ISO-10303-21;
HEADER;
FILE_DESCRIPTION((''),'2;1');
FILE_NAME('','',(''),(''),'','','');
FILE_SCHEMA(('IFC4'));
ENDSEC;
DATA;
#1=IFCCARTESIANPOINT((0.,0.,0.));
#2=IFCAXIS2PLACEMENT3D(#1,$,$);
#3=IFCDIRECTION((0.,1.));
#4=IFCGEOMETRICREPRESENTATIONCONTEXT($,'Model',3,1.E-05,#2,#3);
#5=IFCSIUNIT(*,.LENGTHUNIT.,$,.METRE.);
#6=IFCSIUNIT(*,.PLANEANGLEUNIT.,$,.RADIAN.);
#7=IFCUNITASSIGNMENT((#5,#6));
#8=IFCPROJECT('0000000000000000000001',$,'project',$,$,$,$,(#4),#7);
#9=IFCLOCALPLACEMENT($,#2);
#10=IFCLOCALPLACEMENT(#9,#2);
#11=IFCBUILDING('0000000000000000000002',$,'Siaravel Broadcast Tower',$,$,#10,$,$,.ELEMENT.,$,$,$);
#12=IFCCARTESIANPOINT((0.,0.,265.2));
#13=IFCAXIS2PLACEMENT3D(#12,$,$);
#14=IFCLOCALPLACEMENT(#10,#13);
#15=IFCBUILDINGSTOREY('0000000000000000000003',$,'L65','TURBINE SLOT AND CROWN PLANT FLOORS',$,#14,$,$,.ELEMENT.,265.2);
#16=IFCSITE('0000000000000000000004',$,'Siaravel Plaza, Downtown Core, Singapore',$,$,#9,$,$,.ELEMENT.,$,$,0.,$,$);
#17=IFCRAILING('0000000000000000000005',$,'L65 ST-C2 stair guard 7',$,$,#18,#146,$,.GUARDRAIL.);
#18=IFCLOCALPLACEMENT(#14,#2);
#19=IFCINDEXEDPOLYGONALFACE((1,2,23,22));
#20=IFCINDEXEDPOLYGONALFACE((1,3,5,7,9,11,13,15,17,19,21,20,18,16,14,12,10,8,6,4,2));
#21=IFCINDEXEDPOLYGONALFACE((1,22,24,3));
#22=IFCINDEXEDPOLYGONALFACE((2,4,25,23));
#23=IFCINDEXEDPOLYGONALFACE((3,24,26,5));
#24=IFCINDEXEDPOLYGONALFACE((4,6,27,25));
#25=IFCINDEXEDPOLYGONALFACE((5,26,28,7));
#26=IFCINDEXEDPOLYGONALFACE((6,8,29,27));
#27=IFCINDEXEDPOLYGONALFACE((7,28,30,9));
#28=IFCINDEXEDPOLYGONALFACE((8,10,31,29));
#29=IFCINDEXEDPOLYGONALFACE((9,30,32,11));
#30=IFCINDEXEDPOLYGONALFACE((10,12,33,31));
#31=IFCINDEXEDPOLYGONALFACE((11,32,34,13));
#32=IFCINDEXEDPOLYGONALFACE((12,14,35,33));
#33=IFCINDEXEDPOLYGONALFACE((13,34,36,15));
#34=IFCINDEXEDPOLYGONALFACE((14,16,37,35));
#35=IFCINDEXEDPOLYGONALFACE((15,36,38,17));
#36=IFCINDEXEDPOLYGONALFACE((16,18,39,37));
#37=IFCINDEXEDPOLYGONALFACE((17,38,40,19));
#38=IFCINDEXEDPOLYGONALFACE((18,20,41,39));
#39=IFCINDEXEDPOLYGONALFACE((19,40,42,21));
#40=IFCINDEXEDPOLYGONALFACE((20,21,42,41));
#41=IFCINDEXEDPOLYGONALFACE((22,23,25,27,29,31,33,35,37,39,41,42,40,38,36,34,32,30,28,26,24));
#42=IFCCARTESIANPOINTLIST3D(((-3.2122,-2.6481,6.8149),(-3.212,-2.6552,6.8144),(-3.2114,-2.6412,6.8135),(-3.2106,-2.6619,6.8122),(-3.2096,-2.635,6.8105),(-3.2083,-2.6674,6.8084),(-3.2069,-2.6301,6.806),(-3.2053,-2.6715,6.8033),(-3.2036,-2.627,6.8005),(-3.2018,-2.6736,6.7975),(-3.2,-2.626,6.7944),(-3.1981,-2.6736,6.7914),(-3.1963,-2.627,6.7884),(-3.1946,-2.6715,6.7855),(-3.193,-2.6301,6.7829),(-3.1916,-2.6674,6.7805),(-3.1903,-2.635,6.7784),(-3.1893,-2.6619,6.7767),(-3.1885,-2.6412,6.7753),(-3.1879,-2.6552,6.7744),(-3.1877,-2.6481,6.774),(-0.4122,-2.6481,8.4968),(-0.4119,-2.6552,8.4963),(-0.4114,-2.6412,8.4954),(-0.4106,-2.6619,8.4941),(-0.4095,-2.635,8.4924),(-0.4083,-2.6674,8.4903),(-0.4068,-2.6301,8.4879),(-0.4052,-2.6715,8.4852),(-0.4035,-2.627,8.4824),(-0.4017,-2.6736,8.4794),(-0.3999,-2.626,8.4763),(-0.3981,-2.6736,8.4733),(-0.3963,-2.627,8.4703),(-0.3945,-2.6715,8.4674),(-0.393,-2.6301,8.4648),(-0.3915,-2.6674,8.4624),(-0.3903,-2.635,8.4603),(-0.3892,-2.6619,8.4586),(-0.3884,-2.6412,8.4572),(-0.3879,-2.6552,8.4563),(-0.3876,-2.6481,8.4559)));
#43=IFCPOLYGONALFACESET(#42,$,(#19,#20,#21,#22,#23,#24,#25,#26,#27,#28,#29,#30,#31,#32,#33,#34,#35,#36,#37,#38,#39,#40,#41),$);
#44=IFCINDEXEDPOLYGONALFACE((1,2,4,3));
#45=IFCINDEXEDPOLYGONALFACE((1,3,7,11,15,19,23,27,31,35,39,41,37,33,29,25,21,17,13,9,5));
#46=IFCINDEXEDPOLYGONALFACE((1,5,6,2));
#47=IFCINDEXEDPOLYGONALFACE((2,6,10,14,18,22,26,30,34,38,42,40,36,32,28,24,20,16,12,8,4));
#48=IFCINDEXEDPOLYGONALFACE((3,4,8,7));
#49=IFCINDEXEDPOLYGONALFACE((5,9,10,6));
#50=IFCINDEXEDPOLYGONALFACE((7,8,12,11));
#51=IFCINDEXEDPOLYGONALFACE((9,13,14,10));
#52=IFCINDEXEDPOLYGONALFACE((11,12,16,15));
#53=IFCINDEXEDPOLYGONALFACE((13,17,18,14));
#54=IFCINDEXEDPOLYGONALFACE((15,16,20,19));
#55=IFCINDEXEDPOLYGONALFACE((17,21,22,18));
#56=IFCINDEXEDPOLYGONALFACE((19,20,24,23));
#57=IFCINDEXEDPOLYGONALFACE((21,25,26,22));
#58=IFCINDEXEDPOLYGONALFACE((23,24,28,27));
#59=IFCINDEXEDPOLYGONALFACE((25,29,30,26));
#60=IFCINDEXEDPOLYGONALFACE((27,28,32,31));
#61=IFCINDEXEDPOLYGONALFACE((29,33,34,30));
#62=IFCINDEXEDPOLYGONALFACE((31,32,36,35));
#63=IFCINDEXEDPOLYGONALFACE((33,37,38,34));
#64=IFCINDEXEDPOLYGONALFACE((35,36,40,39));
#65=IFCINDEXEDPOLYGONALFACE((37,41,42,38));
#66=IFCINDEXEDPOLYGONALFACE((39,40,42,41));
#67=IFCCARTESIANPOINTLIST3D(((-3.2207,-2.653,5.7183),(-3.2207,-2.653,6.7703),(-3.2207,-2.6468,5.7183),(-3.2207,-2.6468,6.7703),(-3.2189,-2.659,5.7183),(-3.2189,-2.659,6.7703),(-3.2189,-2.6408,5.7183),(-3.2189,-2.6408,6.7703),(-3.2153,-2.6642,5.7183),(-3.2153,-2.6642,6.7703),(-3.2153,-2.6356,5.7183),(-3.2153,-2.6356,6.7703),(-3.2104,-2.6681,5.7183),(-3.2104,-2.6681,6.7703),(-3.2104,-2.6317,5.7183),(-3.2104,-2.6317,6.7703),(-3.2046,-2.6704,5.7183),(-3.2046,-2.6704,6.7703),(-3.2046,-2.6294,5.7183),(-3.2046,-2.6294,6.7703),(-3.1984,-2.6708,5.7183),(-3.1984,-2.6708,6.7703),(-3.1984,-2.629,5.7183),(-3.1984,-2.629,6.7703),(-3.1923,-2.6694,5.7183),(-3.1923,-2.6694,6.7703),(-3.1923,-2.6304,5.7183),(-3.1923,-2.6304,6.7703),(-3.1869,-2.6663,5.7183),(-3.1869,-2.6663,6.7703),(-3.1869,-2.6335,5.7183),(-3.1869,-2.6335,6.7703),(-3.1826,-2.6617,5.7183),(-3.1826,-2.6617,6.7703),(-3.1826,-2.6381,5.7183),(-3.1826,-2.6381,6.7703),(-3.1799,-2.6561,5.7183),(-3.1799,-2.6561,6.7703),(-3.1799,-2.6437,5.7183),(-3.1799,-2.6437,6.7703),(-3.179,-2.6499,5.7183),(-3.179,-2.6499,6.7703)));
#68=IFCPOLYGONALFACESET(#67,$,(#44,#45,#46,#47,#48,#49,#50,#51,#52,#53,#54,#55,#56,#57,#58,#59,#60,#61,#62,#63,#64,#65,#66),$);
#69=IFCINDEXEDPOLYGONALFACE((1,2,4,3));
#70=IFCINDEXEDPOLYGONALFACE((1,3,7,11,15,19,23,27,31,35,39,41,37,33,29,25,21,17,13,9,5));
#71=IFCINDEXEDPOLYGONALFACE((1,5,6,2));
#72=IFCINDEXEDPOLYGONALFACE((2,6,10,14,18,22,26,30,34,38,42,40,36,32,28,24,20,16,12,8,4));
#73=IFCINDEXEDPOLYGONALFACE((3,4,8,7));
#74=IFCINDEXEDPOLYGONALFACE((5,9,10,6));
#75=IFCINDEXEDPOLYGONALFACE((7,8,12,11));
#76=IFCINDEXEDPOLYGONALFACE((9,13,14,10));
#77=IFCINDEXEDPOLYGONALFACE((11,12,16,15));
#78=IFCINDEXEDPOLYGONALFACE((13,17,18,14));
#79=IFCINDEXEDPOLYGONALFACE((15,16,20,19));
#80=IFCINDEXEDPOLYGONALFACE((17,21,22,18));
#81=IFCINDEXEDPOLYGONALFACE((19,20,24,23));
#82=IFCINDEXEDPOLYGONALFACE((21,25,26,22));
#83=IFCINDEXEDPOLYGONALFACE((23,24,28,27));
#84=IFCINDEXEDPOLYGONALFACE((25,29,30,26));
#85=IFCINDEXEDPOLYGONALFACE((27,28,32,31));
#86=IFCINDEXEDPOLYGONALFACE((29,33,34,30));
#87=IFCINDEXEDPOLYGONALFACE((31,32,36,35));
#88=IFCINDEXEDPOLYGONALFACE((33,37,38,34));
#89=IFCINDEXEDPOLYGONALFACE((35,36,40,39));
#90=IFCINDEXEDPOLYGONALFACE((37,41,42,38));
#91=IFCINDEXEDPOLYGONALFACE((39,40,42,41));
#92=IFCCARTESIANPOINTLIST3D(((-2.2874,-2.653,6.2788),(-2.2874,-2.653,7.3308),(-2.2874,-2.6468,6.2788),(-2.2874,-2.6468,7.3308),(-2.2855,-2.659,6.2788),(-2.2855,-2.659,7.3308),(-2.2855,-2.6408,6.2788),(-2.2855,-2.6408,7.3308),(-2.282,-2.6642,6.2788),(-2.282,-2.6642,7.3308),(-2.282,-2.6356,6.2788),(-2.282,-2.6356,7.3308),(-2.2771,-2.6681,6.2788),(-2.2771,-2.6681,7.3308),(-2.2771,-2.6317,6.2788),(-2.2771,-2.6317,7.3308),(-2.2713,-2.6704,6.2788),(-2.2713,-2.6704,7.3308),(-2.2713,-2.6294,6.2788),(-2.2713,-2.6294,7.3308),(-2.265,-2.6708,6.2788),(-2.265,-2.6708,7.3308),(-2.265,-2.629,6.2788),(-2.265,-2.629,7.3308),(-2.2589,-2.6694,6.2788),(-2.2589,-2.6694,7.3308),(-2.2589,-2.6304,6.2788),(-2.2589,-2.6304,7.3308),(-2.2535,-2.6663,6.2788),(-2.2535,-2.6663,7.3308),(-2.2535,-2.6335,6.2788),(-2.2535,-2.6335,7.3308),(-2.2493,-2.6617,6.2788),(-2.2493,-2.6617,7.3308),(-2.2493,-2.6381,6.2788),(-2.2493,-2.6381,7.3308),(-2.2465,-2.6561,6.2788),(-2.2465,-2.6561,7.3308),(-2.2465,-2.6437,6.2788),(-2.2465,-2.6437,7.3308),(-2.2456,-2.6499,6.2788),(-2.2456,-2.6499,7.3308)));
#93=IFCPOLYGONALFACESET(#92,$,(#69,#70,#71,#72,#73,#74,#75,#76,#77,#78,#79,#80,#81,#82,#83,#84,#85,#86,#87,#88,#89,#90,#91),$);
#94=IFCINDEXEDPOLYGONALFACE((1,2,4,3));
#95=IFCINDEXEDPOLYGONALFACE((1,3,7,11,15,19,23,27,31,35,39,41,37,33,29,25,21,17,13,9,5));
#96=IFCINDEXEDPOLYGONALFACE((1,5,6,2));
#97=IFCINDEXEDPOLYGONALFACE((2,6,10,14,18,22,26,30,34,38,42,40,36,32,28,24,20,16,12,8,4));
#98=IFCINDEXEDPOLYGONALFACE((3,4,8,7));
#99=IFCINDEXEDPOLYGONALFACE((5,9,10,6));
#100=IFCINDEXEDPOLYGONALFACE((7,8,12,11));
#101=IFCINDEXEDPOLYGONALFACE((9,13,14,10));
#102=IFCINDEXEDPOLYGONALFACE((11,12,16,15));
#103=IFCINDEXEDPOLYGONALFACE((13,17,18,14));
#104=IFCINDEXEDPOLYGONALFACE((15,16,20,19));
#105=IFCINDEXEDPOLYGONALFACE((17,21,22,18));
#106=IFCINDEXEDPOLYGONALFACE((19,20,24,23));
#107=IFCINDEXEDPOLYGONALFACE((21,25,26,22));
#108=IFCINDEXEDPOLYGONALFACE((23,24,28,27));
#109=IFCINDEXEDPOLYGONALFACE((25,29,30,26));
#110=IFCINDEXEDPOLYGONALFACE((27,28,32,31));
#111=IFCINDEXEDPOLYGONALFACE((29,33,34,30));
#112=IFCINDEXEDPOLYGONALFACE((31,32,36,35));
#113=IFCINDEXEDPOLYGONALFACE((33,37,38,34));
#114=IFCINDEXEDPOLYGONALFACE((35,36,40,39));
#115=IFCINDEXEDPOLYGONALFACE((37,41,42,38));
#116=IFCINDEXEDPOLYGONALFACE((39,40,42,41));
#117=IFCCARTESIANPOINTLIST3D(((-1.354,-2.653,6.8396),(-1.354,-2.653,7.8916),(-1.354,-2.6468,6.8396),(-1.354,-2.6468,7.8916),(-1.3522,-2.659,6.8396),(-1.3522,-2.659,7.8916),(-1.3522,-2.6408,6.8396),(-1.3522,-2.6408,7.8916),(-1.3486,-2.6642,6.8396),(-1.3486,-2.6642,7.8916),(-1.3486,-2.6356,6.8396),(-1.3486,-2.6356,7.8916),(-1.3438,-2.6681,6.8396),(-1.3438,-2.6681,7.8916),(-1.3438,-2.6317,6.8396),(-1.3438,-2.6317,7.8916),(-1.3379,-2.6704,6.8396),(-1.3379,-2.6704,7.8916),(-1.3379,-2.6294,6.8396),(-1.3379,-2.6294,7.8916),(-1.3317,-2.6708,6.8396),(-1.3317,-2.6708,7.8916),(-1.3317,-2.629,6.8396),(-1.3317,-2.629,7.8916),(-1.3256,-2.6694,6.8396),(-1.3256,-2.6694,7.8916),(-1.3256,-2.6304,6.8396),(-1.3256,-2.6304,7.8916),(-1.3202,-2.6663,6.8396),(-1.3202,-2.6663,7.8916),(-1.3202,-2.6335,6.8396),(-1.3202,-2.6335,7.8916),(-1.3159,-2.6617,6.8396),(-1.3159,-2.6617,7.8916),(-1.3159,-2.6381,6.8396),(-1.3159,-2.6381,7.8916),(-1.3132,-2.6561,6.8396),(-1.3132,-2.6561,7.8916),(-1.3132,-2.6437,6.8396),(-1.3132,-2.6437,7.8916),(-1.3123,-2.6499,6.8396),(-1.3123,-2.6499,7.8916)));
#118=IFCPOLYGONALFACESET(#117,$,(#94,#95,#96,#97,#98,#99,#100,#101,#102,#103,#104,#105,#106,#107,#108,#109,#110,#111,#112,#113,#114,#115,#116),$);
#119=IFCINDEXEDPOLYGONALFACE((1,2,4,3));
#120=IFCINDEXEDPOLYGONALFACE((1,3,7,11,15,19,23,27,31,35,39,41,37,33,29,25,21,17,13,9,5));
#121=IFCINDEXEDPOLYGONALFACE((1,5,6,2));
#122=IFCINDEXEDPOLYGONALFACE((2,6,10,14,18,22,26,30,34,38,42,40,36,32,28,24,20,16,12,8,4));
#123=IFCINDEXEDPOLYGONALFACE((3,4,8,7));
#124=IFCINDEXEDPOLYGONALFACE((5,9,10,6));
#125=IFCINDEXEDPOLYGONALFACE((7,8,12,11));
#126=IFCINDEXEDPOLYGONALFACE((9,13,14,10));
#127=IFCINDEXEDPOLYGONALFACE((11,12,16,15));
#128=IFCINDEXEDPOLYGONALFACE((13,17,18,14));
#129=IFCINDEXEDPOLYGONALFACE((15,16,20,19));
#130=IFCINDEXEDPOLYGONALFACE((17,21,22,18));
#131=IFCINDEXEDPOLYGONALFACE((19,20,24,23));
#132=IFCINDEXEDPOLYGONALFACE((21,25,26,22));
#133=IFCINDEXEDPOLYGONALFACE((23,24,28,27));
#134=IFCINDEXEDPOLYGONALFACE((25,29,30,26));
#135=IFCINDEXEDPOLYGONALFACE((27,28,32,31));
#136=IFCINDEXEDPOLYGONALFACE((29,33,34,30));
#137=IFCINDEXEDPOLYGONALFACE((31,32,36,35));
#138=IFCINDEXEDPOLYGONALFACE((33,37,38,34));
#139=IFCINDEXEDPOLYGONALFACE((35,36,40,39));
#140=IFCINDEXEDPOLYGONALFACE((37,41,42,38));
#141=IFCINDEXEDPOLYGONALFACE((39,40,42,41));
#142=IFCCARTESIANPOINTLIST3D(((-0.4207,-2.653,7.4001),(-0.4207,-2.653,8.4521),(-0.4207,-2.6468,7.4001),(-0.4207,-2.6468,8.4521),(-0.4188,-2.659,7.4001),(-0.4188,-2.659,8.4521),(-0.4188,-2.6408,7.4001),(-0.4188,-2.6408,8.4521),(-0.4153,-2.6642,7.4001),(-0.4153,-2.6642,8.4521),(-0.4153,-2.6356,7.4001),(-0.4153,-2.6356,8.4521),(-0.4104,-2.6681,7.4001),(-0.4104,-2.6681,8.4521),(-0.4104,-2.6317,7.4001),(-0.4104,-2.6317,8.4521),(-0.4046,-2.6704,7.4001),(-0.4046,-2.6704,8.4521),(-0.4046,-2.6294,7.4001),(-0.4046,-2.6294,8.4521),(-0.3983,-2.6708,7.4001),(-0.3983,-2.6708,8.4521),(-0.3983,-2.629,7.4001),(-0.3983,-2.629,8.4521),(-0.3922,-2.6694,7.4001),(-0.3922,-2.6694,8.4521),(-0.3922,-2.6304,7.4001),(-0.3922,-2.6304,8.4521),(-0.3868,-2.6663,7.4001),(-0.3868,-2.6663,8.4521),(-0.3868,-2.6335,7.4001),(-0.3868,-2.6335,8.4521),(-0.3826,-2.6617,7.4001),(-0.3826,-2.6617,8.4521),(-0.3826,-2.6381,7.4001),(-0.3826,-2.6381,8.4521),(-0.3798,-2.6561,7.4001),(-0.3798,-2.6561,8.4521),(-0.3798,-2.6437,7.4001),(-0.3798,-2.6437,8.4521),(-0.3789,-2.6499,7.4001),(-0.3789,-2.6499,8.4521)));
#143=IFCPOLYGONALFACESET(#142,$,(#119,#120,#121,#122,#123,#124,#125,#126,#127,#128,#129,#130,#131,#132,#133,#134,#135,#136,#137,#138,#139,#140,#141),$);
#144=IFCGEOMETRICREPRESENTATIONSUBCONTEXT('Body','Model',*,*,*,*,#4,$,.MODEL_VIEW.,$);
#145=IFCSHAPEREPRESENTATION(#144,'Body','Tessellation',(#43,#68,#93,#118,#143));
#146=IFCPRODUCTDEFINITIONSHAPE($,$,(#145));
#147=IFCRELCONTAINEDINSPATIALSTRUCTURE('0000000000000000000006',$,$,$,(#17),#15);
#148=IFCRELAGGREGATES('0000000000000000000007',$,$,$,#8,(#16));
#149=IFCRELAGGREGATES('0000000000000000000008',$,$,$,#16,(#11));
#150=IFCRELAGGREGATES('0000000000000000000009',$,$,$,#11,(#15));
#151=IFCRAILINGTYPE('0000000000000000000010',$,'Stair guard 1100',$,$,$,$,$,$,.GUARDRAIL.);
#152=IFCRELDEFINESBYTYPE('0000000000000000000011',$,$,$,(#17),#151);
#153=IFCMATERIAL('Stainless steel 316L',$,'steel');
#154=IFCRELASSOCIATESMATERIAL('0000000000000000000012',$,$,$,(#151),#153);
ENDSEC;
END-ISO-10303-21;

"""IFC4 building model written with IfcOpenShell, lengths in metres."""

from ifc_helpers import new_model, si_unit, direction, frame, origin, origin_2d, place, context, subcontext, project, spatial, circle, extrude, material, type_object, element, save


model = new_model("IFC4")

# Units and contexts
model_context = context("Model", 3, precision=1e-05, world=origin(), true_north=direction((0.0, 1.0)))
body_context = subcontext(model_context, "Body", "Model", "MODEL_VIEW")
ifc_project = project(units=[si_unit("LENGTHUNIT", "METRE"), si_unit("PLANEANGLEUNIT", "RADIAN")], contexts=[model_context])

# Site, building, storey
site_placement = place(None, origin())
site = spatial("IfcSite", under=ifc_project, at=site_placement, Name="Siaravel Plaza, Downtown Core, Singapore", CompositionType="ELEMENT", RefElevation=0.0)
building_placement = place(site_placement, origin())
building = spatial("IfcBuilding", under=site, at=building_placement, Name="Siaravel Broadcast Tower", CompositionType="ELEMENT")
storey_placement = place(building_placement, frame((0.0, 0.0, 265.2)))
storey = spatial("IfcBuildingStorey", under=building, at=storey_placement, Name="L65", Description="TURBINE SLOT AND CROWN PLANT FLOORS", CompositionType="ELEMENT", Elevation=265.2)

# Railing
ifc_material_1 = material(Name="Stainless steel 316L", Category="steel")
railing_type_1 = type_object("IfcRailingType", Name="Stair guard 1100", PredefinedType="GUARDRAIL", material=ifc_material_1)
railing_1_placement = place(storey_placement, frame((-3.2, -2.6499, 5.7183)))
element("IfcRailing", 1, at=railing_1_placement, inside=storey, type_object=railing_type_1, Name="L65 ST-C2 stair guard 7", PredefinedType="GUARDRAIL", context=body_context, shape_type="SweptSolid", body=[
    extrude(circle(Radius=0.0239, at=origin_2d()), frame((0.0, 0.0, 1.0762), z_axis=(0.857242, 0.0, 0.514913), x_axis=(0.0, 1.0, 0.0)), (0.0, 0.0, 1.0), 3.2664),
    extrude(circle(Radius=0.021, at=origin_2d()), origin(), (0.0, 0.0, 1.0), 1.052),
    extrude(circle(Radius=0.021, at=origin_2d()), frame((0.9333, 0.0, 0.5605)), (0.0, 0.0, 1.0), 1.052),
    extrude(circle(Radius=0.021, at=origin_2d()), frame((1.8667, 0.0, 1.1213)), (0.0, 0.0, 1.0), 1.052),
    extrude(circle(Radius=0.021, at=origin_2d()), frame((2.8, 0.0, 1.6819)), (0.0, 0.0, 1.0), 1.052),
])

save(model, "model.ifc")
